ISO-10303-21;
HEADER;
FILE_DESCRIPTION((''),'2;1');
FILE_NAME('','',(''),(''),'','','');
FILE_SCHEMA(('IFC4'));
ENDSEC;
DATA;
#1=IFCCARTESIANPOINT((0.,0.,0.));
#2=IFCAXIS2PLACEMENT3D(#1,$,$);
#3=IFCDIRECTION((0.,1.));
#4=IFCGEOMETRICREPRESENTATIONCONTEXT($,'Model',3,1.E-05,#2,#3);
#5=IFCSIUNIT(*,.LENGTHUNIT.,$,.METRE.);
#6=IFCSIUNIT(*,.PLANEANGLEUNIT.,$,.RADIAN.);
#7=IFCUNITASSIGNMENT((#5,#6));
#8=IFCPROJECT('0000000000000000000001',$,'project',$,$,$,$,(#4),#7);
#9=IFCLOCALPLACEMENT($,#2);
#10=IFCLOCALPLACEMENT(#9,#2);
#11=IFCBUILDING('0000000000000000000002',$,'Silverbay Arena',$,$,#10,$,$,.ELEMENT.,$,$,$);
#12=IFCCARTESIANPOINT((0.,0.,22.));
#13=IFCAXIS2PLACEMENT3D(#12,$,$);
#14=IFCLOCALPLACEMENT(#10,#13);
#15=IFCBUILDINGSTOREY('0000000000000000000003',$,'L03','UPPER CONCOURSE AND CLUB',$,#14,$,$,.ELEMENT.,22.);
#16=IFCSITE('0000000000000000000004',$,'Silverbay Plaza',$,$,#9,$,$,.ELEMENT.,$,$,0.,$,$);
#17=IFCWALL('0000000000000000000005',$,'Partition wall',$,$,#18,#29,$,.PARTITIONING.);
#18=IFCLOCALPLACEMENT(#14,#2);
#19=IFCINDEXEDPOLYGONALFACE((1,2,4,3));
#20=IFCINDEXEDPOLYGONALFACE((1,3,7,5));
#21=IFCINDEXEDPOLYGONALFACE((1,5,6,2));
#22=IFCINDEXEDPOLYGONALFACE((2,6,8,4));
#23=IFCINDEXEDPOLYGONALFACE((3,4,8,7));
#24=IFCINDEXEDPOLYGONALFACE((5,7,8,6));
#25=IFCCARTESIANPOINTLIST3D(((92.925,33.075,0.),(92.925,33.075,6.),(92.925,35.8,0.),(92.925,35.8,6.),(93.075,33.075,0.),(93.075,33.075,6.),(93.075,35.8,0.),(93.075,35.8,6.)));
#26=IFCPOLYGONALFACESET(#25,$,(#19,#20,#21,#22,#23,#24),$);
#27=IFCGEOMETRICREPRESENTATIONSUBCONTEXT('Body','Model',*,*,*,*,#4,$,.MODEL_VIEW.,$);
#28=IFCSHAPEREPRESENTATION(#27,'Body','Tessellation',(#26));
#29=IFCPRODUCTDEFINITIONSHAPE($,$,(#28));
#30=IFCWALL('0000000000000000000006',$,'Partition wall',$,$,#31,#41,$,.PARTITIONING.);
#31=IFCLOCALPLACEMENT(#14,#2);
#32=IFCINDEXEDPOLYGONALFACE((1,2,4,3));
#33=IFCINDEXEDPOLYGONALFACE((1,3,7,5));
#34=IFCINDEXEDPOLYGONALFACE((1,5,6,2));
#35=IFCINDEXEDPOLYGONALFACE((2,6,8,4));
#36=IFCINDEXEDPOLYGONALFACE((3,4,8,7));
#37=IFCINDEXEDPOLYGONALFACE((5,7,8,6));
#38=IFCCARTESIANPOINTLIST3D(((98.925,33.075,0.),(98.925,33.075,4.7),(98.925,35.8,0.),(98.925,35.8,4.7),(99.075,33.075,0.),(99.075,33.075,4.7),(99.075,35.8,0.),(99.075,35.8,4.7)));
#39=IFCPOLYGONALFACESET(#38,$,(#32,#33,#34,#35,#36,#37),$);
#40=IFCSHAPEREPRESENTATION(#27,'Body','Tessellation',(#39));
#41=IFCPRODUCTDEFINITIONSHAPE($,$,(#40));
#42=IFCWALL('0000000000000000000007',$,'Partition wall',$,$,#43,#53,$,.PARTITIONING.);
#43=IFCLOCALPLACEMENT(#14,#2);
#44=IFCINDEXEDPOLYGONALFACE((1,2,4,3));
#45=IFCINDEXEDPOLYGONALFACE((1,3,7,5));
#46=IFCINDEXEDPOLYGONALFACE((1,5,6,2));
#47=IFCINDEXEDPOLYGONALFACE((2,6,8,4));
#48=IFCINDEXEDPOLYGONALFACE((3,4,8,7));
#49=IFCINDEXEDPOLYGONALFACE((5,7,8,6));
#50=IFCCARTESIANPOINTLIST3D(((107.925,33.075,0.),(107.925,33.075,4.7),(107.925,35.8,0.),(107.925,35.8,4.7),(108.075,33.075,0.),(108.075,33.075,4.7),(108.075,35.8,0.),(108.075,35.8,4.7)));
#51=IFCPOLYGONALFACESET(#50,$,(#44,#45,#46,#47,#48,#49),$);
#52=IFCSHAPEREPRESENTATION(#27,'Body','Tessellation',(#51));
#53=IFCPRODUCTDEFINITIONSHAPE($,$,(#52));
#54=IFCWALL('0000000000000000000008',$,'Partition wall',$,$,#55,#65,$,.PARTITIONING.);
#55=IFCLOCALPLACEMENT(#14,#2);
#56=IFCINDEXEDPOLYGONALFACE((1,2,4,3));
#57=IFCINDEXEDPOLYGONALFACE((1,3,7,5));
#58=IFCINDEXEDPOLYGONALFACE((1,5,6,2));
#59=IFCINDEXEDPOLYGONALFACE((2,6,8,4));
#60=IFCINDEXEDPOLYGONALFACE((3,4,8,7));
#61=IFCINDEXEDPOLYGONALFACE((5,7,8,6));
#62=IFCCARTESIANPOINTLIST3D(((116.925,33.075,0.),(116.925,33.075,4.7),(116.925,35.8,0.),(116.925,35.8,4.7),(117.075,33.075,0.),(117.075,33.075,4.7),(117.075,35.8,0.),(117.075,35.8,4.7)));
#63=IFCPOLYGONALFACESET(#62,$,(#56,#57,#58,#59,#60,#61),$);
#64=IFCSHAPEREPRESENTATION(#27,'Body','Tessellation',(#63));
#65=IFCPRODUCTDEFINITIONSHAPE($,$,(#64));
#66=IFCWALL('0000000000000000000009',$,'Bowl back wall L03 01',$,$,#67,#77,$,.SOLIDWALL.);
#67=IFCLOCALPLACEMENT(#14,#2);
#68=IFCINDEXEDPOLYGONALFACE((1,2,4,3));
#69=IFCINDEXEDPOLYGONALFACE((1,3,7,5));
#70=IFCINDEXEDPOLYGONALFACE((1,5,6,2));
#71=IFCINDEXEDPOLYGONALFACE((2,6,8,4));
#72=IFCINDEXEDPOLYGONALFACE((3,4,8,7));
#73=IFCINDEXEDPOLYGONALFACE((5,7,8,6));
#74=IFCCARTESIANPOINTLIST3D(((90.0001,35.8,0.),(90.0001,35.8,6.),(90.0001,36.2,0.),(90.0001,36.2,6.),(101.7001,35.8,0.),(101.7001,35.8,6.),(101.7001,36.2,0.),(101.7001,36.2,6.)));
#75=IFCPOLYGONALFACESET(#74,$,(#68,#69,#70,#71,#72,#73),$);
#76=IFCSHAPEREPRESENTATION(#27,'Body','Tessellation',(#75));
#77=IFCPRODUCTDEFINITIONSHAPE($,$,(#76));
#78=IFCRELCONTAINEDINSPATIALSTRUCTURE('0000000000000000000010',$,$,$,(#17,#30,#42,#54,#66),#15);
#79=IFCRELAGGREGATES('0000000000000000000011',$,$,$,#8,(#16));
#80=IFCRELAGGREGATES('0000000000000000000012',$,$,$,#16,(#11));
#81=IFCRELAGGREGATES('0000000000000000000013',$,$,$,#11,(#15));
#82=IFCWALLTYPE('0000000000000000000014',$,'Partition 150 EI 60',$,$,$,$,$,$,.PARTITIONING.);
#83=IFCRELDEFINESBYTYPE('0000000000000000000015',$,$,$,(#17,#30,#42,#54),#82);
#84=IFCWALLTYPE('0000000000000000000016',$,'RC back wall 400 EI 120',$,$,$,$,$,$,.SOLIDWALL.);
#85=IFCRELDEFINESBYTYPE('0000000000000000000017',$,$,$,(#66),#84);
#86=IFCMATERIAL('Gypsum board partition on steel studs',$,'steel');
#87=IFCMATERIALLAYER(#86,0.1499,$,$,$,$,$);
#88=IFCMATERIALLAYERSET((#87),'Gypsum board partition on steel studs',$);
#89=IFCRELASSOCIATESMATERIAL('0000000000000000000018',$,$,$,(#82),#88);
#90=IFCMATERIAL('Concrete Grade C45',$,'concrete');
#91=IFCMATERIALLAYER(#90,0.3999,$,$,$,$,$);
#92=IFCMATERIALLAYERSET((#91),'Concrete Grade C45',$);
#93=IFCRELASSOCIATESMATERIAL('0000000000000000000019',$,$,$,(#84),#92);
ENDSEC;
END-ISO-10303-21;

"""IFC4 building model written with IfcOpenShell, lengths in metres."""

from ifc_helpers import new_model, si_unit, direction, frame, frame_2d, origin, place, context, subcontext, project, spatial, rectangle, extrude, material, layer, layer_set, type_object, element, save


model = new_model("IFC4")

# Units and contexts
model_context = context("Model", 3, precision=1e-05, world=origin(), true_north=direction((0.0, 1.0)))
body_context = subcontext(model_context, "Body", "Model", "MODEL_VIEW")
ifc_project = project(units=[si_unit("LENGTHUNIT", "METRE"), si_unit("PLANEANGLEUNIT", "RADIAN")], contexts=[model_context])

# Site, building, storey
site_placement = place(None, origin())
site = spatial("IfcSite", under=ifc_project, at=site_placement, Name="Silverbay Plaza", CompositionType="ELEMENT", RefElevation=0.0)
building_placement = place(site_placement, origin())
building = spatial("IfcBuilding", under=site, at=building_placement, Name="Silverbay Arena", CompositionType="ELEMENT")
storey_placement = place(building_placement, frame((0.0, 0.0, 22.0)))
storey = spatial("IfcBuildingStorey", under=building, at=storey_placement, Name="L03", Description="UPPER CONCOURSE AND CLUB", CompositionType="ELEMENT", Elevation=22.0)

# Shared definitions
ifc_material_1 = material(Name="Gypsum board partition on steel studs", Category="steel")
ifc_layer_1 = layer(ifc_material_1, 0.1499)
ifc_layer_set_1 = layer_set([ifc_layer_1], Name="Gypsum board partition on steel studs")
wall_type_1 = type_object("IfcWallType", Name="Partition 150 EI 60", PredefinedType="PARTITIONING", material=ifc_layer_set_1)

# Walls
wall_1_placement = place(storey_placement, frame((93.0, 33.075, 0.0), z_axis=(0.0, 0.0, 1.0), x_axis=(0.0, 1.0, 0.0)))
element("IfcWall", 1, at=wall_1_placement, inside=storey, type_object=wall_type_1, Name="Partition wall", PredefinedType="PARTITIONING", context=body_context, shape_type="SweptSolid", body=[
    extrude(rectangle(XDim=2.7251, YDim=0.1499, at=frame_2d((1.3625, 0.0))), origin(), (0.0, 0.0, 1.0), 6.0),
])
for number, where, z_axis, x_axis, name in (
    (2, (99.0, 33.075, 0.0), (0.0, 0.0, 1.0), (0.0, 1.0, 0.0), "Partition wall"),
    (3, (108.0, 33.075, 0.0), (0.0, 0.0, 1.0), (0.0, 1.0, 0.0), "Partition wall"),
    (4, (117.0, 33.075, 0.0), (0.0, 0.0, 1.0), (0.0, 1.0, 0.0), "Partition wall"),
):
    element("IfcWall", number, at=place(storey_placement, frame(where, z_axis=z_axis, x_axis=x_axis)), inside=storey, type_object=wall_type_1, Name=name, PredefinedType="PARTITIONING", context=body_context, shape_type="SweptSolid", body=[
        extrude(rectangle(XDim=2.7251, YDim=0.1499, at=frame_2d((1.3625, 0.0))), origin(), (0.0, 0.0, 1.0), 4.7),
    ])

# Wall
ifc_material_2 = material(Name="Concrete Grade C45", Category="concrete")
ifc_layer_2 = layer(ifc_material_2, 0.3999)
ifc_layer_set_2 = layer_set([ifc_layer_2], Name="Concrete Grade C45")
wall_type_2 = type_object("IfcWallType", Name="RC back wall 400 EI 120", PredefinedType="SOLIDWALL", material=ifc_layer_set_2)
wall_2_placement = place(storey_placement, frame((90.0, 36.0, 0.0), z_axis=(0.0, 0.0, 1.0), x_axis=(1.0, 0.0, 0.0)))
element("IfcWall", 5, at=wall_2_placement, inside=storey, type_object=wall_type_2, Name="Bowl back wall L03 01", PredefinedType="SOLIDWALL", context=body_context, shape_type="SweptSolid", body=[
    extrude(rectangle(XDim=11.7, YDim=0.3999, at=frame_2d((5.8501, 0.0))), origin(), (0.0, 0.0, 1.0), 6.0),
])

save(model, "model.ifc")
